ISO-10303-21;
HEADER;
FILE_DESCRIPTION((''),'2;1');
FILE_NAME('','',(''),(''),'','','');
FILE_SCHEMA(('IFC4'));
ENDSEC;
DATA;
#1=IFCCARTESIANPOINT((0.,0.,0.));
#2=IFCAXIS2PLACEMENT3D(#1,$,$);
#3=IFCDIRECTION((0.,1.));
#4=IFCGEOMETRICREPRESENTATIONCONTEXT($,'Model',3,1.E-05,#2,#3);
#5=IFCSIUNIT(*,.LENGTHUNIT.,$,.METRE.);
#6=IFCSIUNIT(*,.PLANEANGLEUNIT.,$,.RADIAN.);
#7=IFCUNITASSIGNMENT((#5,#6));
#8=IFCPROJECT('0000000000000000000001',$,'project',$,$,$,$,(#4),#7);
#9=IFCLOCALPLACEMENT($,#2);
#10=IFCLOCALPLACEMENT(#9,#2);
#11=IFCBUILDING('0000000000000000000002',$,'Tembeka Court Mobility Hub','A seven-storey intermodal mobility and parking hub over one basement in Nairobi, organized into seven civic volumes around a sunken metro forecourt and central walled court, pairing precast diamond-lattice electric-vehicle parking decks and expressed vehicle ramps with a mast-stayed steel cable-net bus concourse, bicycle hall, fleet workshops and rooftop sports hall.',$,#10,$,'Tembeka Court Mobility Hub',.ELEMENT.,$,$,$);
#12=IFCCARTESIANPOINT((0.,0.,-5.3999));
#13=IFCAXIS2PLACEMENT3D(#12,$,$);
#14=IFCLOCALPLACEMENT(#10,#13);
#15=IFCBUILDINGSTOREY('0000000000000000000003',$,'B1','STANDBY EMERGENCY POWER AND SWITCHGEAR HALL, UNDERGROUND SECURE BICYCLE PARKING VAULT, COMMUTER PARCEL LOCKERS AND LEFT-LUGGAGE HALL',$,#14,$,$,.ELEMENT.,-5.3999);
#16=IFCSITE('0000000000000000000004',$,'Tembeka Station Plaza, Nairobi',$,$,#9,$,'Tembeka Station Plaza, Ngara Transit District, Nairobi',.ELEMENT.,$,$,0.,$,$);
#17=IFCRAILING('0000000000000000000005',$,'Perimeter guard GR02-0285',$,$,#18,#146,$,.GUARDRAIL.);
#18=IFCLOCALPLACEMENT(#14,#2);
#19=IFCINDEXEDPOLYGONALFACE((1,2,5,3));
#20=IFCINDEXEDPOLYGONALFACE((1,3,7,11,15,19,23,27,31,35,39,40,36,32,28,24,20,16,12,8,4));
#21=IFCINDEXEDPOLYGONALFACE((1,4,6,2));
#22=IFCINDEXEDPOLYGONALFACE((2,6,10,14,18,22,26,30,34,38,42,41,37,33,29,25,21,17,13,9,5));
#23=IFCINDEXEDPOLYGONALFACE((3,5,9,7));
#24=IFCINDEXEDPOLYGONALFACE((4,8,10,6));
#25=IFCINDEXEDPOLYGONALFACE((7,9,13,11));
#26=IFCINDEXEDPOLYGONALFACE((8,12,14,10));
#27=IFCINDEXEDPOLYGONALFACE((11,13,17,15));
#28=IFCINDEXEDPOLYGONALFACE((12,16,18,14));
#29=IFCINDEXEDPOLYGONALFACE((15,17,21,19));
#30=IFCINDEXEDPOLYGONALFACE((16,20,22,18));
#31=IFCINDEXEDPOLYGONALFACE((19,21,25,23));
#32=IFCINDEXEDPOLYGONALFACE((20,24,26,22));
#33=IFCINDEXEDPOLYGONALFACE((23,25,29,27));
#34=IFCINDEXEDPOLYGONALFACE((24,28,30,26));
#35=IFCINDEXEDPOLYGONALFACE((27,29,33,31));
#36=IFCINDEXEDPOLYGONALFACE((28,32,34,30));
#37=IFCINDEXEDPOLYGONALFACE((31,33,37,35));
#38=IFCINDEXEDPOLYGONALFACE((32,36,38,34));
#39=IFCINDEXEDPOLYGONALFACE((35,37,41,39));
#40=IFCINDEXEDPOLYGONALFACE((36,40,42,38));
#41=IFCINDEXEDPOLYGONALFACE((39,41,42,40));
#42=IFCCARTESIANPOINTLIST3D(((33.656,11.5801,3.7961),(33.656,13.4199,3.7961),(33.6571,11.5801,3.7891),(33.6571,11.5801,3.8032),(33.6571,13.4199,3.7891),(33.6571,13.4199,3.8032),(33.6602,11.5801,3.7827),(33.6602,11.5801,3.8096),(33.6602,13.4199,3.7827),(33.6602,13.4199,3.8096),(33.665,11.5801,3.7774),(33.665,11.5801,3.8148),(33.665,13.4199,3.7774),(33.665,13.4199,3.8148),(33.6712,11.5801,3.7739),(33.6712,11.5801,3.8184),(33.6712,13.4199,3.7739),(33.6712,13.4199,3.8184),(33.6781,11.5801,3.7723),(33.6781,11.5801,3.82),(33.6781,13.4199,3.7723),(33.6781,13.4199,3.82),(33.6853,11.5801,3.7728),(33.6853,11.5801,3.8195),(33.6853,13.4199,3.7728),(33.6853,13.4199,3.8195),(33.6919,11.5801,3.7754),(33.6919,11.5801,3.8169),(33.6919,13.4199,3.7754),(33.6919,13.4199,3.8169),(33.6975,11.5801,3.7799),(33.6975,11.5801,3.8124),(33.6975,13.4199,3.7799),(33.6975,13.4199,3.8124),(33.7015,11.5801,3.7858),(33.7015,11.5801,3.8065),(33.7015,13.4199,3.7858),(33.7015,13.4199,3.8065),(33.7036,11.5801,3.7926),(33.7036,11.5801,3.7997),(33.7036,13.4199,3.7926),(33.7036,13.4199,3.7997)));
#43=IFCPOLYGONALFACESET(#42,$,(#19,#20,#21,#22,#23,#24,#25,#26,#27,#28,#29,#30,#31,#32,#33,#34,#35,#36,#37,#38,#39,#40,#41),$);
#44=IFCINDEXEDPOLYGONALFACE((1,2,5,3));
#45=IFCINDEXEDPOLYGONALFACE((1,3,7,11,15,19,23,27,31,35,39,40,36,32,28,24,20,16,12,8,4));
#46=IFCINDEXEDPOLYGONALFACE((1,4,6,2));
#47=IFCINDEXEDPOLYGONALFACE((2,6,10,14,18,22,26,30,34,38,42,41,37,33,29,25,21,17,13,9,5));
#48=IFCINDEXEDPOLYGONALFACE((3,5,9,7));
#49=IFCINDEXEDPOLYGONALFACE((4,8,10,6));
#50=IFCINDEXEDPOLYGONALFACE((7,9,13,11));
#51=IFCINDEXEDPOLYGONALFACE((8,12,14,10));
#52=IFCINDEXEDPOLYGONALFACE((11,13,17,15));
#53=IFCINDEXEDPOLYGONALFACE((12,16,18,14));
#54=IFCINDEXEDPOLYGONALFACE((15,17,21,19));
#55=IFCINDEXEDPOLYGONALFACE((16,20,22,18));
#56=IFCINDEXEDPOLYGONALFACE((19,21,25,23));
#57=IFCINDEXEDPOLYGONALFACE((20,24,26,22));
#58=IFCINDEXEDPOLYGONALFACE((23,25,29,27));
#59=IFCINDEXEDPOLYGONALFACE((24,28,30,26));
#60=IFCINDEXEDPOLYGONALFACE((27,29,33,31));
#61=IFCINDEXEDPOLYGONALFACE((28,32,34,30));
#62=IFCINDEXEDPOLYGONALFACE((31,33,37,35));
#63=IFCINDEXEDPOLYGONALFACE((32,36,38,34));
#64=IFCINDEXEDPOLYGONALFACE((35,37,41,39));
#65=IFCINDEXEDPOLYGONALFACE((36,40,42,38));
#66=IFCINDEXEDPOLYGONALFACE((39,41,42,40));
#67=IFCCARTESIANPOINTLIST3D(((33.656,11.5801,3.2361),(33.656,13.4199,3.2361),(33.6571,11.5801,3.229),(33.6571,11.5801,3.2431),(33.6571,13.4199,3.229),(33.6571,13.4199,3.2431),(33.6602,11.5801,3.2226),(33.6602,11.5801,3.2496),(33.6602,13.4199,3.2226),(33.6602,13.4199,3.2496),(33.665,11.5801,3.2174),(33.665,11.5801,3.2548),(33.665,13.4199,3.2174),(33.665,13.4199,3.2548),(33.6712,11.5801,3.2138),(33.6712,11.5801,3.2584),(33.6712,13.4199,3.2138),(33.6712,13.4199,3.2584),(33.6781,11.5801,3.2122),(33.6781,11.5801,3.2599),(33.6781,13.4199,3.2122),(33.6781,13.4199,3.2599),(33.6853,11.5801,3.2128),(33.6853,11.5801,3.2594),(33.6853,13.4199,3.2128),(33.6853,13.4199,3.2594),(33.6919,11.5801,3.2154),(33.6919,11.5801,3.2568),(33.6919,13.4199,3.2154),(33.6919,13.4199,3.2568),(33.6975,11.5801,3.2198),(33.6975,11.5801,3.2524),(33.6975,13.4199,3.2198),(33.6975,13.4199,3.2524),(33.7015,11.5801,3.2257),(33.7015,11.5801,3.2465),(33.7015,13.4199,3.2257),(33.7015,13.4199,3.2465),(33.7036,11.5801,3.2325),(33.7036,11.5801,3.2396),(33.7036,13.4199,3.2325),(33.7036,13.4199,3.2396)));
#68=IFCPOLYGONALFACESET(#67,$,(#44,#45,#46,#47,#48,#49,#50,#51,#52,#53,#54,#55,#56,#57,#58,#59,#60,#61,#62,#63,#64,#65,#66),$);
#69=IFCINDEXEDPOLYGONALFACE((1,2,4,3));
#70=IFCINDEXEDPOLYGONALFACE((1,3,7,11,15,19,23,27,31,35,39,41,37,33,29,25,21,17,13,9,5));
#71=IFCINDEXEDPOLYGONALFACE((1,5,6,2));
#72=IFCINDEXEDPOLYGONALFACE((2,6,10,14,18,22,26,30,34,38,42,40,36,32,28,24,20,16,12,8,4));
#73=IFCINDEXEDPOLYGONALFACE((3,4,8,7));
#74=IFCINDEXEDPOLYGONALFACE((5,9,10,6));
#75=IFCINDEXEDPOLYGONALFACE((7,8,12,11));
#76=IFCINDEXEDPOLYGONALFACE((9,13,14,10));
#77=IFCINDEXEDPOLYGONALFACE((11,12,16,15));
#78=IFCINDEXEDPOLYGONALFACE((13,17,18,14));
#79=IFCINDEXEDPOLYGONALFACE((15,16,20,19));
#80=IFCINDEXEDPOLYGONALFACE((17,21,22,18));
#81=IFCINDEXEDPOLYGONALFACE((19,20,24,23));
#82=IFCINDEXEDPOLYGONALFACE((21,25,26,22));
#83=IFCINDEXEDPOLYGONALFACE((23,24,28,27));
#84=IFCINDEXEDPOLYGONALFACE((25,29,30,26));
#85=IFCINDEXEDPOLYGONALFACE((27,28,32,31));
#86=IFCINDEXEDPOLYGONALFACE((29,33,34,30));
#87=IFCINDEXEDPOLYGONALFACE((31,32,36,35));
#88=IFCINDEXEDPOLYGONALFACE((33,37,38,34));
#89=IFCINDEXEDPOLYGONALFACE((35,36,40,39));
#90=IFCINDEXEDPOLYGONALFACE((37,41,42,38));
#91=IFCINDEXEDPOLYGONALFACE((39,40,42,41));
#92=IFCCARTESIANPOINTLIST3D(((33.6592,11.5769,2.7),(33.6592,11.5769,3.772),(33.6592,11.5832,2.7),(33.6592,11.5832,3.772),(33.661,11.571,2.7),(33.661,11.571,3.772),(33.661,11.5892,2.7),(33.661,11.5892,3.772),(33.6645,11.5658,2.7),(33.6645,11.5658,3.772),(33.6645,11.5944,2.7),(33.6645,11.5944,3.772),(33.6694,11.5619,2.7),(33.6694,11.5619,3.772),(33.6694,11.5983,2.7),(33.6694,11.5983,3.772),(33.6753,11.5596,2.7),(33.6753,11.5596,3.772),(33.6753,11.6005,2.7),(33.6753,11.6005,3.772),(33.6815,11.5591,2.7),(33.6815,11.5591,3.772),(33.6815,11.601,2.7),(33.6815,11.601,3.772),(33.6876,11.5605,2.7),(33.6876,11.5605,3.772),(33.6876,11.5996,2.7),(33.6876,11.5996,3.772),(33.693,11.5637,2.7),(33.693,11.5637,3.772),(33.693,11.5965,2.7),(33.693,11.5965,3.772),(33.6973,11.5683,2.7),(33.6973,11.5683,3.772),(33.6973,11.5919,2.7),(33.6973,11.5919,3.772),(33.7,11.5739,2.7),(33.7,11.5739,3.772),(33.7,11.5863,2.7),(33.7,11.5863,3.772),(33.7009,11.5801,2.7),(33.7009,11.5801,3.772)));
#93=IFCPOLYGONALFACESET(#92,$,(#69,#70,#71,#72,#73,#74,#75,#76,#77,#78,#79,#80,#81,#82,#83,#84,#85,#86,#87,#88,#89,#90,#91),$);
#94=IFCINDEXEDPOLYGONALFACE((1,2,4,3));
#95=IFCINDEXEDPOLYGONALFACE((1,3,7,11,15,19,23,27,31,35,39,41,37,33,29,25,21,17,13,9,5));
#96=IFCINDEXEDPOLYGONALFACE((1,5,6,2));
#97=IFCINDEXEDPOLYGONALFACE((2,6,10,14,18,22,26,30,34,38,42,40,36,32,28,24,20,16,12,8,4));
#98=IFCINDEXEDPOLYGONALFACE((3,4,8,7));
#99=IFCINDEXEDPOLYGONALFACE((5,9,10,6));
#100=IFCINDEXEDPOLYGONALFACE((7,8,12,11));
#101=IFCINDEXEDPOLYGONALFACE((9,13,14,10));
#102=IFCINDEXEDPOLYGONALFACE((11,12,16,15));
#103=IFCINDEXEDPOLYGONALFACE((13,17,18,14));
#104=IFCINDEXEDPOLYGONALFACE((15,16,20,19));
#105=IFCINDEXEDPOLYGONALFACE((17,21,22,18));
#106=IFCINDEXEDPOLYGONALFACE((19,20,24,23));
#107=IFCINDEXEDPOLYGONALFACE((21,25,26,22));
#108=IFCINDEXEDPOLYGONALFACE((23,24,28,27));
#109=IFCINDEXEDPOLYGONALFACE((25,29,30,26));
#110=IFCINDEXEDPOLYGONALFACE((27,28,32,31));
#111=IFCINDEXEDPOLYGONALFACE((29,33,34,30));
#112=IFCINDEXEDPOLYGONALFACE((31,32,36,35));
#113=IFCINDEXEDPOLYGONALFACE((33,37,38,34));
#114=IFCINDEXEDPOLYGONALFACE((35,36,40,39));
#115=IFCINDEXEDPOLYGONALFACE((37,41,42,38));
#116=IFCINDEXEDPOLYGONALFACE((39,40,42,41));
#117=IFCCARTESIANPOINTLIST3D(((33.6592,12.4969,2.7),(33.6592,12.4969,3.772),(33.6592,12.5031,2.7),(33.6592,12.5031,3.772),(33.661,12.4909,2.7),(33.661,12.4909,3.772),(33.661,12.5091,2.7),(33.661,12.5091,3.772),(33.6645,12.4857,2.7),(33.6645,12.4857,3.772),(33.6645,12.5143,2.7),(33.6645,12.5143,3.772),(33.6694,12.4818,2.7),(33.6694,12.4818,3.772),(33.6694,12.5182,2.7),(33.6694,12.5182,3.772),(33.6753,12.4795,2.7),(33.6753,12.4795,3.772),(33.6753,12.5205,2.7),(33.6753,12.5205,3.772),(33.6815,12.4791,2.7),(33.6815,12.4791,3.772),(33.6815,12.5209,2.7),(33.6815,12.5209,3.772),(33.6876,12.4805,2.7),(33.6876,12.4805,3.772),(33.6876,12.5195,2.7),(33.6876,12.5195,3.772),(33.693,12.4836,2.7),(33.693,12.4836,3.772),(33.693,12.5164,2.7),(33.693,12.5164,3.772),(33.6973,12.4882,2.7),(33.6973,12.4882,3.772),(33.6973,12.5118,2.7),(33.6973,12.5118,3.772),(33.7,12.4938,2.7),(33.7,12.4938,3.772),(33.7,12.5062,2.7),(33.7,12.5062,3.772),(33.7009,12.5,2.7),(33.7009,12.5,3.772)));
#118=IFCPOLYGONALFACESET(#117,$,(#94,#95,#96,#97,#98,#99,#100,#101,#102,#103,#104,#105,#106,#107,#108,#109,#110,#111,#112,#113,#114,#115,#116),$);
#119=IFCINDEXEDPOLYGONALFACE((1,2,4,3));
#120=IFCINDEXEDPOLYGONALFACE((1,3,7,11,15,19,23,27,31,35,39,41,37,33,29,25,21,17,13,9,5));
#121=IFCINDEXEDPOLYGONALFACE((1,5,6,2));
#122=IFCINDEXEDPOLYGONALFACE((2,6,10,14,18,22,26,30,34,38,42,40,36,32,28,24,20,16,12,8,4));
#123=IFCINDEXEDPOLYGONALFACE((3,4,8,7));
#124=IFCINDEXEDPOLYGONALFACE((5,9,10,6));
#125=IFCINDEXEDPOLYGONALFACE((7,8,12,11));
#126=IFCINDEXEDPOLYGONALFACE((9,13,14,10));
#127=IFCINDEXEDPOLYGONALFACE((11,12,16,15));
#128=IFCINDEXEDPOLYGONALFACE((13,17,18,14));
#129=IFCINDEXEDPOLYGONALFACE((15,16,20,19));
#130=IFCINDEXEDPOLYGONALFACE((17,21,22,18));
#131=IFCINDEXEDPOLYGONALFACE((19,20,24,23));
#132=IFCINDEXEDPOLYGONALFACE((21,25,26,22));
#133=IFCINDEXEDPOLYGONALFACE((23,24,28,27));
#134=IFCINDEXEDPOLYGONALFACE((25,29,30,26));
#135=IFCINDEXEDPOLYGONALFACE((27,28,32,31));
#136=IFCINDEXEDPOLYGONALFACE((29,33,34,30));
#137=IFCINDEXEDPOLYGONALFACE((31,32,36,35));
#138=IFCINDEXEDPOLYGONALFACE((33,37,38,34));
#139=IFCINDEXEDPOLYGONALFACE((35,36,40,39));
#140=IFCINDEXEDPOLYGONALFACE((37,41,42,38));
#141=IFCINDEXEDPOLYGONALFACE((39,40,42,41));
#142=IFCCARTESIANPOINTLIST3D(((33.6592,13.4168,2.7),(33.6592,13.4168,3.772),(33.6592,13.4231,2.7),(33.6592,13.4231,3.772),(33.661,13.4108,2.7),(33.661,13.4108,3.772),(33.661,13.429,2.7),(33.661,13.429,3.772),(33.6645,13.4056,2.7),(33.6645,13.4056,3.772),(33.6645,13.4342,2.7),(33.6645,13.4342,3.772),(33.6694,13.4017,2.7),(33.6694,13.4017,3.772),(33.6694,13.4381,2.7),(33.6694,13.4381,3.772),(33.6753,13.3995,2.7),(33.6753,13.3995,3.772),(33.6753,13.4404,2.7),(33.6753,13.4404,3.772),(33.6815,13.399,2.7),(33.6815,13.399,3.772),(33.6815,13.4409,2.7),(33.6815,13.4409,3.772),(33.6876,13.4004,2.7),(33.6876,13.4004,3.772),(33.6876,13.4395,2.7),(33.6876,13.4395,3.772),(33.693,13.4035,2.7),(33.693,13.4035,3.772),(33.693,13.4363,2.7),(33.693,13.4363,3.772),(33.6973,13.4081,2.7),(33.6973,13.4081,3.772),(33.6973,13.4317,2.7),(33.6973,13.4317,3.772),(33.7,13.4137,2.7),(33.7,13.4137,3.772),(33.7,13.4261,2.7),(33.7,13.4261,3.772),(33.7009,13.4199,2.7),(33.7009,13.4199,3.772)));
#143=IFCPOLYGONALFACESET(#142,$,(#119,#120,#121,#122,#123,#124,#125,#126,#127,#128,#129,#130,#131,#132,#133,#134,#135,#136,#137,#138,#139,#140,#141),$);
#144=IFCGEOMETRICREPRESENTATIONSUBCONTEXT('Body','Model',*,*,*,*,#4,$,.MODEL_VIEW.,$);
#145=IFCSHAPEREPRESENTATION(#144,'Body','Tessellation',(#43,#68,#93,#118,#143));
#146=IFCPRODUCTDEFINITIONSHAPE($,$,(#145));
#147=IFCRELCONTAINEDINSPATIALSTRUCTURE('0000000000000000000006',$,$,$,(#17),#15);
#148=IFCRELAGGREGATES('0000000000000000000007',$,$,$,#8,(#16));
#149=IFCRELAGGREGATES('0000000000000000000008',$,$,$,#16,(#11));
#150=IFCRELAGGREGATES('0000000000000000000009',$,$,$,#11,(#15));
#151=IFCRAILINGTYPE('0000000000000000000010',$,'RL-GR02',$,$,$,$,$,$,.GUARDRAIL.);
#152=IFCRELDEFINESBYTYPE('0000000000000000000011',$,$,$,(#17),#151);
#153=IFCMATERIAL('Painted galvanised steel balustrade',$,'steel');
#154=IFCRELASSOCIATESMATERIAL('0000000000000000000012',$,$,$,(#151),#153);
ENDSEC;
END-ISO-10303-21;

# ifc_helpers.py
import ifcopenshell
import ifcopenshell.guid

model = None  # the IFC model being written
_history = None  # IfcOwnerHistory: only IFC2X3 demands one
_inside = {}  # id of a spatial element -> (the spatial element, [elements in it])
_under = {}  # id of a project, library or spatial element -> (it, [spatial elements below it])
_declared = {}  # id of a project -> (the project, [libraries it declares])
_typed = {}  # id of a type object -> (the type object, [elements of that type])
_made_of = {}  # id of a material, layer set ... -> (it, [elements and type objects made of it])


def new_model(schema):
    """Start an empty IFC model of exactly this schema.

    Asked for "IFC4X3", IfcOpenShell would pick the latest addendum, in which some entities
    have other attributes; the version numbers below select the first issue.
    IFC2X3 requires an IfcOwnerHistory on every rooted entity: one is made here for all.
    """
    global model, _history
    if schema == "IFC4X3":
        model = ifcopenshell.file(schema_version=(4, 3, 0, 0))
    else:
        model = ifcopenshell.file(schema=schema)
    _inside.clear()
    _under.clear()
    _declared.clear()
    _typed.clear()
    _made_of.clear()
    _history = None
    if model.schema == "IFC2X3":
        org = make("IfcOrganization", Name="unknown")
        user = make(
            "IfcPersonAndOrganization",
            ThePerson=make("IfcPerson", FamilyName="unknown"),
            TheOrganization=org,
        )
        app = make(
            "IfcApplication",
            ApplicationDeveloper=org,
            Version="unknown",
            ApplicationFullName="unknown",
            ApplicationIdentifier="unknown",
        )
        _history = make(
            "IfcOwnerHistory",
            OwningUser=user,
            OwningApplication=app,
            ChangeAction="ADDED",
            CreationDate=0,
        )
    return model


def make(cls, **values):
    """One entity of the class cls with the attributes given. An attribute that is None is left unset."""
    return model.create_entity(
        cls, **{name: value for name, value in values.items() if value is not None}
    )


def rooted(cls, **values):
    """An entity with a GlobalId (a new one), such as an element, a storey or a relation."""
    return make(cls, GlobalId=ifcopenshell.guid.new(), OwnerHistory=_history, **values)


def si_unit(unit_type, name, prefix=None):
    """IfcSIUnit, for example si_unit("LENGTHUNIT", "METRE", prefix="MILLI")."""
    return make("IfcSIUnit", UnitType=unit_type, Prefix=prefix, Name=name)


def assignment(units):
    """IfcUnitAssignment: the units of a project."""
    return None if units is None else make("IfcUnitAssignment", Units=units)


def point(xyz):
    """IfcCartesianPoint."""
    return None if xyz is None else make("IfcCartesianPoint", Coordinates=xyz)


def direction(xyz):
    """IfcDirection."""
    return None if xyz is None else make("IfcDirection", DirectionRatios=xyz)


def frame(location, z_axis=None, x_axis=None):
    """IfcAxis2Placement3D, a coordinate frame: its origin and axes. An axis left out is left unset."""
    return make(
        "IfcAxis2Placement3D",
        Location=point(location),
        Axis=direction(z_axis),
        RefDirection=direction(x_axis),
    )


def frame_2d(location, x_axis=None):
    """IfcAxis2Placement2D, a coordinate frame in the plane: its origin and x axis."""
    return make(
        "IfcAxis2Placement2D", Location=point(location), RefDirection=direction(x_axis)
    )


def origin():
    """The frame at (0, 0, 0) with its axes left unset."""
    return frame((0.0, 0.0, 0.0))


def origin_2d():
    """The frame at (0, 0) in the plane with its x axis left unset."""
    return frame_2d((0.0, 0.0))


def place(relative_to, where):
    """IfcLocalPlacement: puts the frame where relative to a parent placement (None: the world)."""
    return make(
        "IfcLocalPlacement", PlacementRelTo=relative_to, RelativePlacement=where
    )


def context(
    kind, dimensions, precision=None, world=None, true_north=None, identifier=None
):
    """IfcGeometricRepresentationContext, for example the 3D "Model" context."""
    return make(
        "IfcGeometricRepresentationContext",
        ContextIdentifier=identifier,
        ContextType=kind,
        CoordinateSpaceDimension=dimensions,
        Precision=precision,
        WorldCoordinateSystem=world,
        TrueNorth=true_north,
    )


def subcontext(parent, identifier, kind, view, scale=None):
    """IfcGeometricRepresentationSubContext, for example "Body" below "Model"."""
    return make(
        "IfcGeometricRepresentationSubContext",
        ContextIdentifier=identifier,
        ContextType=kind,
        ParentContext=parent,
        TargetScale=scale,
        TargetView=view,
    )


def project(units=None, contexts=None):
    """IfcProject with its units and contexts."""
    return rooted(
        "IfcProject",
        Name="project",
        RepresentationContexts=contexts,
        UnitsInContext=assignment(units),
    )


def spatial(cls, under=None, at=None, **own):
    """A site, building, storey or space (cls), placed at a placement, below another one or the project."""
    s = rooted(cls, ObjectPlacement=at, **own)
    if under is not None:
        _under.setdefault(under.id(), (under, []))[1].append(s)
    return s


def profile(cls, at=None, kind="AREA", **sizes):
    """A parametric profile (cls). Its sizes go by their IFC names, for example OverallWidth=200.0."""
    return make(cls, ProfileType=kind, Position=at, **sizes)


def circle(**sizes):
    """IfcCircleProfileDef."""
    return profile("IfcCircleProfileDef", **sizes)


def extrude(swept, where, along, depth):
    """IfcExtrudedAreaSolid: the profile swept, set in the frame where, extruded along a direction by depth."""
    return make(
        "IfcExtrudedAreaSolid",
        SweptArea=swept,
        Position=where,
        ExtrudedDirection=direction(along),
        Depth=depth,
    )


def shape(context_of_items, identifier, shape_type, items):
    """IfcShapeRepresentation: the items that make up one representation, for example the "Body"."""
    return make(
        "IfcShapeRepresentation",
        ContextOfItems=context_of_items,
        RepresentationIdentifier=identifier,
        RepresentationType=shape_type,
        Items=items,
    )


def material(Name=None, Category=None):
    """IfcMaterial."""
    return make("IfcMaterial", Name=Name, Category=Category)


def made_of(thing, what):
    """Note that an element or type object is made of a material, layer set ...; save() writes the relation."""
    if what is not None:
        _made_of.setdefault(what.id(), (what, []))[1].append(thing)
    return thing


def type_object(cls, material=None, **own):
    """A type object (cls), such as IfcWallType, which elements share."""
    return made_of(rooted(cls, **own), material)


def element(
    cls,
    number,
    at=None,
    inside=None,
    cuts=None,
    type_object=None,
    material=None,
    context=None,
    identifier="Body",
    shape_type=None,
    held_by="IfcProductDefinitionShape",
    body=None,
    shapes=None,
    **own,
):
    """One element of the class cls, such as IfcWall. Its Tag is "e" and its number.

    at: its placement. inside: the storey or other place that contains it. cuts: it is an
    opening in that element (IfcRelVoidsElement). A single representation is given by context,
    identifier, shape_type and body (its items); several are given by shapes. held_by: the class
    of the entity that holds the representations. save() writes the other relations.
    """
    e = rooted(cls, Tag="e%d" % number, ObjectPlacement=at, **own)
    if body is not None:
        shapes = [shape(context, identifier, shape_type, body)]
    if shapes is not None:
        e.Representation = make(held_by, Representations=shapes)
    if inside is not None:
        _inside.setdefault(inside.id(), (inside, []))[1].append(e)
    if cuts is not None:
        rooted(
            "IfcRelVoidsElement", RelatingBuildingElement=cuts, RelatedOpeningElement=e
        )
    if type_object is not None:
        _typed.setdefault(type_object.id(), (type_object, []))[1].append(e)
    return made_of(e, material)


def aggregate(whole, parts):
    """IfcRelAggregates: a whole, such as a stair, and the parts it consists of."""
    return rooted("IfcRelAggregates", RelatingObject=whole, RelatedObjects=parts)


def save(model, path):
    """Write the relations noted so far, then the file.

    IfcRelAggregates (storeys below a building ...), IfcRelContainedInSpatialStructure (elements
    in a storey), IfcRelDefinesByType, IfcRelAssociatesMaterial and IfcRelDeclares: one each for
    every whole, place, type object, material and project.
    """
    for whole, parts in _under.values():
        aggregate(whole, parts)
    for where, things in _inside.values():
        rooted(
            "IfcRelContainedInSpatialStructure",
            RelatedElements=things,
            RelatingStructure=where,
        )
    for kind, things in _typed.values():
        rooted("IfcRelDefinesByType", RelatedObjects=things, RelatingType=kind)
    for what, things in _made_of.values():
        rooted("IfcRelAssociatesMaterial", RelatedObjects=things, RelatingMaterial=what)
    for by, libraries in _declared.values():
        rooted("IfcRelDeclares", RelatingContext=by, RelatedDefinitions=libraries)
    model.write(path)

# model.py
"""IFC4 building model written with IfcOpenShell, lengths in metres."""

from ifc_helpers import new_model, si_unit, direction, frame, origin, origin_2d, place, context, subcontext, project, spatial, circle, extrude, material, type_object, element, save


model = new_model("IFC4")

# Units and contexts
model_context = context("Model", 3, precision=1e-05, world=origin(), true_north=direction((0.0, 1.0)))
body_context = subcontext(model_context, "Body", "Model", "MODEL_VIEW")
ifc_project = project(units=[si_unit("LENGTHUNIT", "METRE"), si_unit("PLANEANGLEUNIT", "RADIAN")], contexts=[model_context])

# Site, building, storey
site_placement = place(None, origin())
site = spatial("IfcSite", under=ifc_project, at=site_placement, Name="Tembeka Station Plaza, Nairobi", LongName="Tembeka Station Plaza, Ngara Transit District, Nairobi", CompositionType="ELEMENT", RefElevation=0.0)
building_placement = place(site_placement, origin())
building = spatial("IfcBuilding", under=site, at=building_placement, Name="Tembeka Court Mobility Hub", Description="A seven-storey intermodal mobility and parking hub over one basement in Nairobi, organized into seven civic volumes around a sunken metro forecourt and central walled court, pairing precast diamond-lattice electric-vehicle parking decks and expressed vehicle ramps with a mast-stayed steel cable-net bus concourse, bicycle hall, fleet workshops and rooftop sports hall.", LongName="Tembeka Court Mobility Hub", CompositionType="ELEMENT")
storey_placement = place(building_placement, frame((0.0, 0.0, -5.3999)))
storey = spatial("IfcBuildingStorey", under=building, at=storey_placement, Name="B1", Description="STANDBY EMERGENCY POWER AND SWITCHGEAR HALL, UNDERGROUND SECURE BICYCLE PARKING VAULT, COMMUTER PARCEL LOCKERS AND LEFT-LUGGAGE HALL", CompositionType="ELEMENT", Elevation=-5.3999)

# Railing
ifc_material_1 = material(Name="Painted galvanised steel balustrade", Category="steel")
railing_type = type_object("IfcRailingType", Name="RL-GR02", PredefinedType="GUARDRAIL", material=ifc_material_1)
railing_1_placement = place(storey_placement, frame((33.6799, 11.5801, 2.7)))
element("IfcRailing", 1, at=railing_1_placement, inside=storey, type_object=railing_type, Name="Perimeter guard GR02-0285", PredefinedType="GUARDRAIL", context=body_context, shape_type="SweptSolid", body=[
    extrude(circle(Radius=0.0239, at=origin_2d()), frame((0.0, 0.0, 1.0962), z_axis=(0.0, 1.0, 0.0), x_axis=(-1.0, 0.0, 0.0)), (0.0, 0.0, 1.0), 1.8398),
    extrude(circle(Radius=0.0239, at=origin_2d()), frame((0.0, 0.0, 0.5361), z_axis=(0.0, 1.0, 0.0), x_axis=(-1.0, 0.0, 0.0)), (0.0, 0.0, 1.0), 1.8398),
    extrude(circle(Radius=0.021, at=origin_2d()), origin(), (0.0, 0.0, 1.0), 1.072),
    extrude(circle(Radius=0.021, at=origin_2d()), frame((0.0, 0.9199, 0.0)), (0.0, 0.0, 1.0), 1.072),
    extrude(circle(Radius=0.021, at=origin_2d()), frame((0.0, 1.8398, 0.0)), (0.0, 0.0, 1.0), 1.072),
])

save(model, "model.ifc")
